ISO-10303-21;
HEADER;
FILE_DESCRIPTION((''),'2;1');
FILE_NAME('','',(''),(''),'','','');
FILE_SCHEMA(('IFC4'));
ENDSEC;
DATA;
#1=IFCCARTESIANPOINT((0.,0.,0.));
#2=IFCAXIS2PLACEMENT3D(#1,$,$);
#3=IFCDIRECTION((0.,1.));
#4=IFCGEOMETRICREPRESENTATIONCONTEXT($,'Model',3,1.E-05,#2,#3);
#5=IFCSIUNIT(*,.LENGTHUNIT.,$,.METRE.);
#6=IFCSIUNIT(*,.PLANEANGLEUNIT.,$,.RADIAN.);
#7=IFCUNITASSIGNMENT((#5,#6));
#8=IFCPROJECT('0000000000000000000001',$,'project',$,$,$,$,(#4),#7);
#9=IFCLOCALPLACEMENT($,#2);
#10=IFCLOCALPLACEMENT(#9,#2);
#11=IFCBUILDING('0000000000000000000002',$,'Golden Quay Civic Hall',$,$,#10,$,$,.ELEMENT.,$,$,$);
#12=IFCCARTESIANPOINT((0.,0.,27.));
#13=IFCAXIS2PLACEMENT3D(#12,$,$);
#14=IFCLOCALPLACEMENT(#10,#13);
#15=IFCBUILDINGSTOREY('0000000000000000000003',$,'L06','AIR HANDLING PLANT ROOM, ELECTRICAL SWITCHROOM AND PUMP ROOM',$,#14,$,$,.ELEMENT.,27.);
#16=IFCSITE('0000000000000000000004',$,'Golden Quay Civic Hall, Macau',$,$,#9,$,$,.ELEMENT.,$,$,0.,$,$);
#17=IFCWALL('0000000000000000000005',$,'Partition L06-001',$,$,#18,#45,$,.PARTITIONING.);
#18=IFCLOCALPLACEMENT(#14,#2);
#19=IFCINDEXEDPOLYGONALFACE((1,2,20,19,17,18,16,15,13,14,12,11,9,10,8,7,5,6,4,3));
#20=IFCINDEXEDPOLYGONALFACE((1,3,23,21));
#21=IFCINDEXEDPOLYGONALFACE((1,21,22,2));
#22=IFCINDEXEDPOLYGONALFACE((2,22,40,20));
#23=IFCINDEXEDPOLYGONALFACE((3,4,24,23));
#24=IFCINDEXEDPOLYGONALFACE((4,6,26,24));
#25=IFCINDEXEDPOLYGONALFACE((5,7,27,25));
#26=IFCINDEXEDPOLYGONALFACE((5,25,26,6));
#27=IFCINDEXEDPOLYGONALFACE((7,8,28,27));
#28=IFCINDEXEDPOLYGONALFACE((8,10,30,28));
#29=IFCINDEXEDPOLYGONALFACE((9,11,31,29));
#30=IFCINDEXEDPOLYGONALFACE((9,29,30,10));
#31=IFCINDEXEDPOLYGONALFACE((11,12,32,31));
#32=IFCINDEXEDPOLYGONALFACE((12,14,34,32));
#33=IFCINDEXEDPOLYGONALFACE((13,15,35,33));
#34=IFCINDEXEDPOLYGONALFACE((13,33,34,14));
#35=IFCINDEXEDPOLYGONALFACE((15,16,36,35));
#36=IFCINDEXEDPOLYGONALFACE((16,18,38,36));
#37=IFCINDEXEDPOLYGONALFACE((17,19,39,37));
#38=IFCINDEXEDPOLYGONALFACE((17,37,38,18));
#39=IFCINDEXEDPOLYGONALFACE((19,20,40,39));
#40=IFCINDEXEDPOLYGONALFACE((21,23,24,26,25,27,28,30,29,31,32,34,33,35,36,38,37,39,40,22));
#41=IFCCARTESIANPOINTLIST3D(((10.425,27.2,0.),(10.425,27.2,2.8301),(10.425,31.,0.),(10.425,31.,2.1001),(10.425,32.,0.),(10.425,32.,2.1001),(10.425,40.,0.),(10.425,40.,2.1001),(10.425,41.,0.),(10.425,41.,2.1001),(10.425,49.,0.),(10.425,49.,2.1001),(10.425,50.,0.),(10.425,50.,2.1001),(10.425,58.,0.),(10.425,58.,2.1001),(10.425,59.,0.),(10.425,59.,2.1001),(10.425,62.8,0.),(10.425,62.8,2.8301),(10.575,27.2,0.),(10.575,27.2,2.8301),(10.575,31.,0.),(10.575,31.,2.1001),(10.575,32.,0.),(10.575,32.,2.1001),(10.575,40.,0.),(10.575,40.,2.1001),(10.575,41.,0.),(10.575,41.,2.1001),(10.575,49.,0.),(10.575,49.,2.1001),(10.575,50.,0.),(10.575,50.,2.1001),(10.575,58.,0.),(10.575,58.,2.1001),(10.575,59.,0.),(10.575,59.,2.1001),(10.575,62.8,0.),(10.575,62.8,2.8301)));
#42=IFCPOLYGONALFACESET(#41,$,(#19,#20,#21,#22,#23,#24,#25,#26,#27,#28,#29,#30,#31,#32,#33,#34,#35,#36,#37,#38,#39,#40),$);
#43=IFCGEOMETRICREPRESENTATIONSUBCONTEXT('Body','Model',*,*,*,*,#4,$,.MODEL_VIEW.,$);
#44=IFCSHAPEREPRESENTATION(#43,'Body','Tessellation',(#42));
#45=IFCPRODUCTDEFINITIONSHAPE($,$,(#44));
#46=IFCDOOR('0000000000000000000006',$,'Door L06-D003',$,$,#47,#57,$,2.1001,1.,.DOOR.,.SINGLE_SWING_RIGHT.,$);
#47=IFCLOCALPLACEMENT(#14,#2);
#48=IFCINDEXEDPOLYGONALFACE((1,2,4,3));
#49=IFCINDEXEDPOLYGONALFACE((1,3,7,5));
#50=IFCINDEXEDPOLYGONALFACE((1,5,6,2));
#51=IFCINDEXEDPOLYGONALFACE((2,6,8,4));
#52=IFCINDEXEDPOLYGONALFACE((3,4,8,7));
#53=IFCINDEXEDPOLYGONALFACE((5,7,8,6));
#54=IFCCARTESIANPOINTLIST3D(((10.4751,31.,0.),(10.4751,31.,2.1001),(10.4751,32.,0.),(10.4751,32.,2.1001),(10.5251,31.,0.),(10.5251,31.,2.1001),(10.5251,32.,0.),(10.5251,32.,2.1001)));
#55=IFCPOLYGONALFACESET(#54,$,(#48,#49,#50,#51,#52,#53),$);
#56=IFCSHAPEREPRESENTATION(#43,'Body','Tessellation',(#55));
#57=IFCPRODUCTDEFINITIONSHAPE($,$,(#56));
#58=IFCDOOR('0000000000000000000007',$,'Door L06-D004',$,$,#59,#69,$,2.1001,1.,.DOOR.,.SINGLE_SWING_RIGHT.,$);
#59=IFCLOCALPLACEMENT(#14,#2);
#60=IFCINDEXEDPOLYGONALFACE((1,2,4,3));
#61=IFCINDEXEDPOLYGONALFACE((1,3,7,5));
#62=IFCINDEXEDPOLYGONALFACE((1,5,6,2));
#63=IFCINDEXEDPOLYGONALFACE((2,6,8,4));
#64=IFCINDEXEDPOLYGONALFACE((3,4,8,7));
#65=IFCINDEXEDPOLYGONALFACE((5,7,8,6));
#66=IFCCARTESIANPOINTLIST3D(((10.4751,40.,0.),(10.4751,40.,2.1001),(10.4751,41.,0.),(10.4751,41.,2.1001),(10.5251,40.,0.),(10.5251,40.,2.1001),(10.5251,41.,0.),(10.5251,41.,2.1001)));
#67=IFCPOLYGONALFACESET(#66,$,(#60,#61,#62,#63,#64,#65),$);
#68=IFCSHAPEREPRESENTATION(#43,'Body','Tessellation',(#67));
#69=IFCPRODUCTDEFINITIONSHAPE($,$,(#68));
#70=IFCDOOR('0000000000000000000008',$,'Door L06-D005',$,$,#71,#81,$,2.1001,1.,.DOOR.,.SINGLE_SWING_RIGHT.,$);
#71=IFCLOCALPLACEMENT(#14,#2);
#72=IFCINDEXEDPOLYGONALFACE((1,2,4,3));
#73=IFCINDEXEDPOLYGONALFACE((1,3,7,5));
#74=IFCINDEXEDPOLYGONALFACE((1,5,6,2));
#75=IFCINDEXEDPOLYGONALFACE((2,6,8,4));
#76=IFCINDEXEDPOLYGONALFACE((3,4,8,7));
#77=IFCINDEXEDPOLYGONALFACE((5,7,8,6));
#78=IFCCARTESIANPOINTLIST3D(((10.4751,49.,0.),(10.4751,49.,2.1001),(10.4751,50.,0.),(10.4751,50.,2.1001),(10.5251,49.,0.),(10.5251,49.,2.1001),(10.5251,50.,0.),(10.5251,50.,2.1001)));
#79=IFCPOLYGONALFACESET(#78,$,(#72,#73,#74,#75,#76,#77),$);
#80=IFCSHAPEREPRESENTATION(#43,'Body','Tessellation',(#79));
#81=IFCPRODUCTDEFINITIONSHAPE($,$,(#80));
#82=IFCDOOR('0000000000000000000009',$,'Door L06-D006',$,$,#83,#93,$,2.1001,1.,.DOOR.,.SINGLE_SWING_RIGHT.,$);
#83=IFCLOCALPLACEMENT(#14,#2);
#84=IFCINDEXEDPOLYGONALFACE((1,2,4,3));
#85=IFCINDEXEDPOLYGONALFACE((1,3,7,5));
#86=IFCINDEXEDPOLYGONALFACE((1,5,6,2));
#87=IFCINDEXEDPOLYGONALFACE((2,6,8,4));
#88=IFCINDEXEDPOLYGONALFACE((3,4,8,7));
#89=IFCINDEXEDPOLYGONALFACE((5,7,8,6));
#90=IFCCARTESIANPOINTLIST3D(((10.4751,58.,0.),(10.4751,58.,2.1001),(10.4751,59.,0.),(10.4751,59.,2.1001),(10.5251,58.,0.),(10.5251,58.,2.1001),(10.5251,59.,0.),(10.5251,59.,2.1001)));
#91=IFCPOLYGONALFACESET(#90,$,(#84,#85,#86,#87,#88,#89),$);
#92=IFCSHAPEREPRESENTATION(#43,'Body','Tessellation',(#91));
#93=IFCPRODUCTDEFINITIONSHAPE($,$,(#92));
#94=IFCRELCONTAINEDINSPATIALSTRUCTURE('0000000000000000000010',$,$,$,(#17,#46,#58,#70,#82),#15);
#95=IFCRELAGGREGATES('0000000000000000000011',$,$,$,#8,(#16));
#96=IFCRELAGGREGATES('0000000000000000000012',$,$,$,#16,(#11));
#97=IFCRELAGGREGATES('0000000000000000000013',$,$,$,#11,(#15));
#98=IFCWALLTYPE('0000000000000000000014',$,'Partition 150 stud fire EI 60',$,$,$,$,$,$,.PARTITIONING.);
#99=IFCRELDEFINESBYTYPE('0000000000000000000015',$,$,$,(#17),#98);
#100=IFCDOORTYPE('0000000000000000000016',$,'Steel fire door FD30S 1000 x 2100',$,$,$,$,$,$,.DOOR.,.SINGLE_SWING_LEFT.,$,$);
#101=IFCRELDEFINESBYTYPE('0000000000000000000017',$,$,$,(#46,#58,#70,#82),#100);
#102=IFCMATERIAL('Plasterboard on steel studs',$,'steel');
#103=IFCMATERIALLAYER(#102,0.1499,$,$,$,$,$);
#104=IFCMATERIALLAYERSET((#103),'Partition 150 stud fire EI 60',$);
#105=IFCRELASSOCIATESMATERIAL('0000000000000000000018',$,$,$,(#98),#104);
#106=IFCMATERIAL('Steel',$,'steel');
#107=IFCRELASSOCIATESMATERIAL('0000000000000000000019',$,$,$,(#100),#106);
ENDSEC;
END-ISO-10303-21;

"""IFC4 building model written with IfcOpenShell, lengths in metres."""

from ifc_helpers import new_model, si_unit, direction, frame, frame_2d, origin, place, context, subcontext, project, spatial, rectangle, extrude, material, layer, layer_set, type_object, element, fill, save


model = new_model("IFC4")

# Units and contexts
model_context = context("Model", 3, precision=1e-05, world=origin(), true_north=direction((0.0, 1.0)))
body_context = subcontext(model_context, "Body", "Model", "MODEL_VIEW")
ifc_project = project(units=[si_unit("LENGTHUNIT", "METRE"), si_unit("PLANEANGLEUNIT", "RADIAN")], contexts=[model_context])

# Site, building, storey
site_placement = place(None, origin())
site = spatial("IfcSite", under=ifc_project, at=site_placement, Name="Golden Quay Civic Hall, Macau", CompositionType="ELEMENT", RefElevation=0.0)
building_placement = place(site_placement, origin())
building = spatial("IfcBuilding", under=site, at=building_placement, Name="Golden Quay Civic Hall", CompositionType="ELEMENT")
storey_placement = place(building_placement, frame((0.0, 0.0, 27.0)))
storey = spatial("IfcBuildingStorey", under=building, at=storey_placement, Name="L06", Description="AIR HANDLING PLANT ROOM, ELECTRICAL SWITCHROOM AND PUMP ROOM", CompositionType="ELEMENT", Elevation=27.0)

# Wall, openings, doors
ifc_material_1 = material(Name="Plasterboard on steel studs", Category="steel")
ifc_layer_1 = layer(ifc_material_1, 0.1499)
ifc_layer_set_1 = layer_set([ifc_layer_1], Name="Partition 150 stud fire EI 60")
wall_type_1 = type_object("IfcWallType", Name="Partition 150 stud fire EI 60", PredefinedType="PARTITIONING", material=ifc_layer_set_1)
wall_1_placement = place(storey_placement, frame((10.5, 27.2, 0.0), z_axis=(0.0, 0.0, 1.0), x_axis=(0.0, 1.0, 0.0)))
wall_1 = element("IfcWall", 1, at=wall_1_placement, inside=storey, type_object=wall_type_1, Name="Partition L06-001", PredefinedType="PARTITIONING", context=body_context, shape_type="SweptSolid", body=[
    extrude(rectangle(XDim=35.6001, YDim=0.1499, at=frame_2d((17.8, 0.0))), origin(), (0.0, 0.0, 1.0), 2.8301),
])
opening_1_placement = place(wall_1_placement, frame((3.8, 0.0, 0.0)))
opening_1 = element("IfcOpeningElement", 2, at=opening_1_placement, cuts=wall_1, PredefinedType="OPENING", context=body_context, shape_type="SweptSolid", body=[
    extrude(rectangle(XDim=1.0, YDim=2.1001, at=frame_2d((0.5, 1.05))), frame((0.0, 0.085, 0.0), z_axis=(0.0, -1.0, 0.0), x_axis=(1.0, 0.0, 0.0)), (0.0, 0.0, 1.0), 0.1699),
])
opening_2_placement = place(wall_1_placement, frame((12.8, 0.0, 0.0)))
opening_2 = element("IfcOpeningElement", 3, at=opening_2_placement, cuts=wall_1, PredefinedType="OPENING", context=body_context, shape_type="SweptSolid", body=[
    extrude(rectangle(XDim=1.0, YDim=2.1001, at=frame_2d((0.5, 1.05))), frame((0.0, 0.085, 0.0), z_axis=(0.0, -1.0, 0.0), x_axis=(1.0, 0.0, 0.0)), (0.0, 0.0, 1.0), 0.1699),
])
opening_3_placement = place(wall_1_placement, frame((21.8, 0.0, 0.0)))
opening_3 = element("IfcOpeningElement", 4, at=opening_3_placement, cuts=wall_1, PredefinedType="OPENING", context=body_context, shape_type="SweptSolid", body=[
    extrude(rectangle(XDim=1.0, YDim=2.1001, at=frame_2d((0.5, 1.05))), frame((0.0, 0.085, 0.0), z_axis=(0.0, -1.0, 0.0), x_axis=(1.0, 0.0, 0.0)), (0.0, 0.0, 1.0), 0.1699),
])
opening_4_placement = place(wall_1_placement, frame((30.8, 0.0, 0.0)))
opening_4 = element("IfcOpeningElement", 5, at=opening_4_placement, cuts=wall_1, PredefinedType="OPENING", context=body_context, shape_type="SweptSolid", body=[
    extrude(rectangle(XDim=1.0, YDim=2.1001, at=frame_2d((0.5, 1.05))), frame((0.0, 0.085, 0.0), z_axis=(0.0, -1.0, 0.0), x_axis=(1.0, 0.0, 0.0)), (0.0, 0.0, 1.0), 0.1699),
])
ifc_material_2 = material(Name="Steel", Category="steel")
door_type = type_object("IfcDoorType", Name="Steel fire door FD30S 1000 x 2100", OperationType="SINGLE_SWING_LEFT", PredefinedType="DOOR", material=ifc_material_2)
door_1_placement = place(opening_1_placement, frame((1.0, 0.0, 0.0), z_axis=(0.0, 0.0, 1.0), x_axis=(-1.0, 0.0, 0.0)))
door_1 = element("IfcDoor", 6, at=door_1_placement, inside=storey, type_object=door_type, Name="Door L06-D003", OperationType="SINGLE_SWING_RIGHT", OverallHeight=2.1001, OverallWidth=1.0, PredefinedType="DOOR", context=body_context, shape_type="SweptSolid", body=[
    extrude(rectangle(XDim=1.0, YDim=2.1001, at=frame_2d((0.5, 1.05))), frame((0.0, 0.0251, 0.0), z_axis=(0.0, -1.0, 0.0), x_axis=(1.0, 0.0, 0.0)), (0.0, 0.0, 1.0), 0.05),
])
fill(opening_1, door_1)
door_2_placement = place(opening_2_placement, frame((1.0, 0.0, 0.0), z_axis=(0.0, 0.0, 1.0), x_axis=(-1.0, 0.0, 0.0)))
door_2 = element("IfcDoor", 7, at=door_2_placement, inside=storey, type_object=door_type, Name="Door L06-D004", OperationType="SINGLE_SWING_RIGHT", OverallHeight=2.1001, OverallWidth=1.0, PredefinedType="DOOR", context=body_context, shape_type="SweptSolid", body=[
    extrude(rectangle(XDim=1.0, YDim=2.1001, at=frame_2d((0.5, 1.05))), frame((0.0, 0.0251, 0.0), z_axis=(0.0, -1.0, 0.0), x_axis=(1.0, 0.0, 0.0)), (0.0, 0.0, 1.0), 0.05),
])
fill(opening_2, door_2)
door_3_placement = place(opening_3_placement, frame((1.0, 0.0, 0.0), z_axis=(0.0, 0.0, 1.0), x_axis=(-1.0, 0.0, 0.0)))
door_3 = element("IfcDoor", 8, at=door_3_placement, inside=storey, type_object=door_type, Name="Door L06-D005", OperationType="SINGLE_SWING_RIGHT", OverallHeight=2.1001, OverallWidth=1.0, PredefinedType="DOOR", context=body_context, shape_type="SweptSolid", body=[
    extrude(rectangle(XDim=1.0, YDim=2.1001, at=frame_2d((0.5, 1.05))), frame((0.0, 0.0251, 0.0), z_axis=(0.0, -1.0, 0.0), x_axis=(1.0, 0.0, 0.0)), (0.0, 0.0, 1.0), 0.05),
])
fill(opening_3, door_3)
door_4_placement = place(opening_4_placement, frame((1.0, 0.0, 0.0), z_axis=(0.0, 0.0, 1.0), x_axis=(-1.0, 0.0, 0.0)))
door_4 = element("IfcDoor", 9, at=door_4_placement, inside=storey, type_object=door_type, Name="Door L06-D006", OperationType="SINGLE_SWING_RIGHT", OverallHeight=2.1001, OverallWidth=1.0, PredefinedType="DOOR", context=body_context, shape_type="SweptSolid", body=[
    extrude(rectangle(XDim=1.0, YDim=2.1001, at=frame_2d((0.5, 1.05))), frame((0.0, 0.0251, 0.0), z_axis=(0.0, -1.0, 0.0), x_axis=(1.0, 0.0, 0.0)), (0.0, 0.0, 1.0), 0.05),
])
fill(opening_4, door_4)

save(model, "model.ifc")
